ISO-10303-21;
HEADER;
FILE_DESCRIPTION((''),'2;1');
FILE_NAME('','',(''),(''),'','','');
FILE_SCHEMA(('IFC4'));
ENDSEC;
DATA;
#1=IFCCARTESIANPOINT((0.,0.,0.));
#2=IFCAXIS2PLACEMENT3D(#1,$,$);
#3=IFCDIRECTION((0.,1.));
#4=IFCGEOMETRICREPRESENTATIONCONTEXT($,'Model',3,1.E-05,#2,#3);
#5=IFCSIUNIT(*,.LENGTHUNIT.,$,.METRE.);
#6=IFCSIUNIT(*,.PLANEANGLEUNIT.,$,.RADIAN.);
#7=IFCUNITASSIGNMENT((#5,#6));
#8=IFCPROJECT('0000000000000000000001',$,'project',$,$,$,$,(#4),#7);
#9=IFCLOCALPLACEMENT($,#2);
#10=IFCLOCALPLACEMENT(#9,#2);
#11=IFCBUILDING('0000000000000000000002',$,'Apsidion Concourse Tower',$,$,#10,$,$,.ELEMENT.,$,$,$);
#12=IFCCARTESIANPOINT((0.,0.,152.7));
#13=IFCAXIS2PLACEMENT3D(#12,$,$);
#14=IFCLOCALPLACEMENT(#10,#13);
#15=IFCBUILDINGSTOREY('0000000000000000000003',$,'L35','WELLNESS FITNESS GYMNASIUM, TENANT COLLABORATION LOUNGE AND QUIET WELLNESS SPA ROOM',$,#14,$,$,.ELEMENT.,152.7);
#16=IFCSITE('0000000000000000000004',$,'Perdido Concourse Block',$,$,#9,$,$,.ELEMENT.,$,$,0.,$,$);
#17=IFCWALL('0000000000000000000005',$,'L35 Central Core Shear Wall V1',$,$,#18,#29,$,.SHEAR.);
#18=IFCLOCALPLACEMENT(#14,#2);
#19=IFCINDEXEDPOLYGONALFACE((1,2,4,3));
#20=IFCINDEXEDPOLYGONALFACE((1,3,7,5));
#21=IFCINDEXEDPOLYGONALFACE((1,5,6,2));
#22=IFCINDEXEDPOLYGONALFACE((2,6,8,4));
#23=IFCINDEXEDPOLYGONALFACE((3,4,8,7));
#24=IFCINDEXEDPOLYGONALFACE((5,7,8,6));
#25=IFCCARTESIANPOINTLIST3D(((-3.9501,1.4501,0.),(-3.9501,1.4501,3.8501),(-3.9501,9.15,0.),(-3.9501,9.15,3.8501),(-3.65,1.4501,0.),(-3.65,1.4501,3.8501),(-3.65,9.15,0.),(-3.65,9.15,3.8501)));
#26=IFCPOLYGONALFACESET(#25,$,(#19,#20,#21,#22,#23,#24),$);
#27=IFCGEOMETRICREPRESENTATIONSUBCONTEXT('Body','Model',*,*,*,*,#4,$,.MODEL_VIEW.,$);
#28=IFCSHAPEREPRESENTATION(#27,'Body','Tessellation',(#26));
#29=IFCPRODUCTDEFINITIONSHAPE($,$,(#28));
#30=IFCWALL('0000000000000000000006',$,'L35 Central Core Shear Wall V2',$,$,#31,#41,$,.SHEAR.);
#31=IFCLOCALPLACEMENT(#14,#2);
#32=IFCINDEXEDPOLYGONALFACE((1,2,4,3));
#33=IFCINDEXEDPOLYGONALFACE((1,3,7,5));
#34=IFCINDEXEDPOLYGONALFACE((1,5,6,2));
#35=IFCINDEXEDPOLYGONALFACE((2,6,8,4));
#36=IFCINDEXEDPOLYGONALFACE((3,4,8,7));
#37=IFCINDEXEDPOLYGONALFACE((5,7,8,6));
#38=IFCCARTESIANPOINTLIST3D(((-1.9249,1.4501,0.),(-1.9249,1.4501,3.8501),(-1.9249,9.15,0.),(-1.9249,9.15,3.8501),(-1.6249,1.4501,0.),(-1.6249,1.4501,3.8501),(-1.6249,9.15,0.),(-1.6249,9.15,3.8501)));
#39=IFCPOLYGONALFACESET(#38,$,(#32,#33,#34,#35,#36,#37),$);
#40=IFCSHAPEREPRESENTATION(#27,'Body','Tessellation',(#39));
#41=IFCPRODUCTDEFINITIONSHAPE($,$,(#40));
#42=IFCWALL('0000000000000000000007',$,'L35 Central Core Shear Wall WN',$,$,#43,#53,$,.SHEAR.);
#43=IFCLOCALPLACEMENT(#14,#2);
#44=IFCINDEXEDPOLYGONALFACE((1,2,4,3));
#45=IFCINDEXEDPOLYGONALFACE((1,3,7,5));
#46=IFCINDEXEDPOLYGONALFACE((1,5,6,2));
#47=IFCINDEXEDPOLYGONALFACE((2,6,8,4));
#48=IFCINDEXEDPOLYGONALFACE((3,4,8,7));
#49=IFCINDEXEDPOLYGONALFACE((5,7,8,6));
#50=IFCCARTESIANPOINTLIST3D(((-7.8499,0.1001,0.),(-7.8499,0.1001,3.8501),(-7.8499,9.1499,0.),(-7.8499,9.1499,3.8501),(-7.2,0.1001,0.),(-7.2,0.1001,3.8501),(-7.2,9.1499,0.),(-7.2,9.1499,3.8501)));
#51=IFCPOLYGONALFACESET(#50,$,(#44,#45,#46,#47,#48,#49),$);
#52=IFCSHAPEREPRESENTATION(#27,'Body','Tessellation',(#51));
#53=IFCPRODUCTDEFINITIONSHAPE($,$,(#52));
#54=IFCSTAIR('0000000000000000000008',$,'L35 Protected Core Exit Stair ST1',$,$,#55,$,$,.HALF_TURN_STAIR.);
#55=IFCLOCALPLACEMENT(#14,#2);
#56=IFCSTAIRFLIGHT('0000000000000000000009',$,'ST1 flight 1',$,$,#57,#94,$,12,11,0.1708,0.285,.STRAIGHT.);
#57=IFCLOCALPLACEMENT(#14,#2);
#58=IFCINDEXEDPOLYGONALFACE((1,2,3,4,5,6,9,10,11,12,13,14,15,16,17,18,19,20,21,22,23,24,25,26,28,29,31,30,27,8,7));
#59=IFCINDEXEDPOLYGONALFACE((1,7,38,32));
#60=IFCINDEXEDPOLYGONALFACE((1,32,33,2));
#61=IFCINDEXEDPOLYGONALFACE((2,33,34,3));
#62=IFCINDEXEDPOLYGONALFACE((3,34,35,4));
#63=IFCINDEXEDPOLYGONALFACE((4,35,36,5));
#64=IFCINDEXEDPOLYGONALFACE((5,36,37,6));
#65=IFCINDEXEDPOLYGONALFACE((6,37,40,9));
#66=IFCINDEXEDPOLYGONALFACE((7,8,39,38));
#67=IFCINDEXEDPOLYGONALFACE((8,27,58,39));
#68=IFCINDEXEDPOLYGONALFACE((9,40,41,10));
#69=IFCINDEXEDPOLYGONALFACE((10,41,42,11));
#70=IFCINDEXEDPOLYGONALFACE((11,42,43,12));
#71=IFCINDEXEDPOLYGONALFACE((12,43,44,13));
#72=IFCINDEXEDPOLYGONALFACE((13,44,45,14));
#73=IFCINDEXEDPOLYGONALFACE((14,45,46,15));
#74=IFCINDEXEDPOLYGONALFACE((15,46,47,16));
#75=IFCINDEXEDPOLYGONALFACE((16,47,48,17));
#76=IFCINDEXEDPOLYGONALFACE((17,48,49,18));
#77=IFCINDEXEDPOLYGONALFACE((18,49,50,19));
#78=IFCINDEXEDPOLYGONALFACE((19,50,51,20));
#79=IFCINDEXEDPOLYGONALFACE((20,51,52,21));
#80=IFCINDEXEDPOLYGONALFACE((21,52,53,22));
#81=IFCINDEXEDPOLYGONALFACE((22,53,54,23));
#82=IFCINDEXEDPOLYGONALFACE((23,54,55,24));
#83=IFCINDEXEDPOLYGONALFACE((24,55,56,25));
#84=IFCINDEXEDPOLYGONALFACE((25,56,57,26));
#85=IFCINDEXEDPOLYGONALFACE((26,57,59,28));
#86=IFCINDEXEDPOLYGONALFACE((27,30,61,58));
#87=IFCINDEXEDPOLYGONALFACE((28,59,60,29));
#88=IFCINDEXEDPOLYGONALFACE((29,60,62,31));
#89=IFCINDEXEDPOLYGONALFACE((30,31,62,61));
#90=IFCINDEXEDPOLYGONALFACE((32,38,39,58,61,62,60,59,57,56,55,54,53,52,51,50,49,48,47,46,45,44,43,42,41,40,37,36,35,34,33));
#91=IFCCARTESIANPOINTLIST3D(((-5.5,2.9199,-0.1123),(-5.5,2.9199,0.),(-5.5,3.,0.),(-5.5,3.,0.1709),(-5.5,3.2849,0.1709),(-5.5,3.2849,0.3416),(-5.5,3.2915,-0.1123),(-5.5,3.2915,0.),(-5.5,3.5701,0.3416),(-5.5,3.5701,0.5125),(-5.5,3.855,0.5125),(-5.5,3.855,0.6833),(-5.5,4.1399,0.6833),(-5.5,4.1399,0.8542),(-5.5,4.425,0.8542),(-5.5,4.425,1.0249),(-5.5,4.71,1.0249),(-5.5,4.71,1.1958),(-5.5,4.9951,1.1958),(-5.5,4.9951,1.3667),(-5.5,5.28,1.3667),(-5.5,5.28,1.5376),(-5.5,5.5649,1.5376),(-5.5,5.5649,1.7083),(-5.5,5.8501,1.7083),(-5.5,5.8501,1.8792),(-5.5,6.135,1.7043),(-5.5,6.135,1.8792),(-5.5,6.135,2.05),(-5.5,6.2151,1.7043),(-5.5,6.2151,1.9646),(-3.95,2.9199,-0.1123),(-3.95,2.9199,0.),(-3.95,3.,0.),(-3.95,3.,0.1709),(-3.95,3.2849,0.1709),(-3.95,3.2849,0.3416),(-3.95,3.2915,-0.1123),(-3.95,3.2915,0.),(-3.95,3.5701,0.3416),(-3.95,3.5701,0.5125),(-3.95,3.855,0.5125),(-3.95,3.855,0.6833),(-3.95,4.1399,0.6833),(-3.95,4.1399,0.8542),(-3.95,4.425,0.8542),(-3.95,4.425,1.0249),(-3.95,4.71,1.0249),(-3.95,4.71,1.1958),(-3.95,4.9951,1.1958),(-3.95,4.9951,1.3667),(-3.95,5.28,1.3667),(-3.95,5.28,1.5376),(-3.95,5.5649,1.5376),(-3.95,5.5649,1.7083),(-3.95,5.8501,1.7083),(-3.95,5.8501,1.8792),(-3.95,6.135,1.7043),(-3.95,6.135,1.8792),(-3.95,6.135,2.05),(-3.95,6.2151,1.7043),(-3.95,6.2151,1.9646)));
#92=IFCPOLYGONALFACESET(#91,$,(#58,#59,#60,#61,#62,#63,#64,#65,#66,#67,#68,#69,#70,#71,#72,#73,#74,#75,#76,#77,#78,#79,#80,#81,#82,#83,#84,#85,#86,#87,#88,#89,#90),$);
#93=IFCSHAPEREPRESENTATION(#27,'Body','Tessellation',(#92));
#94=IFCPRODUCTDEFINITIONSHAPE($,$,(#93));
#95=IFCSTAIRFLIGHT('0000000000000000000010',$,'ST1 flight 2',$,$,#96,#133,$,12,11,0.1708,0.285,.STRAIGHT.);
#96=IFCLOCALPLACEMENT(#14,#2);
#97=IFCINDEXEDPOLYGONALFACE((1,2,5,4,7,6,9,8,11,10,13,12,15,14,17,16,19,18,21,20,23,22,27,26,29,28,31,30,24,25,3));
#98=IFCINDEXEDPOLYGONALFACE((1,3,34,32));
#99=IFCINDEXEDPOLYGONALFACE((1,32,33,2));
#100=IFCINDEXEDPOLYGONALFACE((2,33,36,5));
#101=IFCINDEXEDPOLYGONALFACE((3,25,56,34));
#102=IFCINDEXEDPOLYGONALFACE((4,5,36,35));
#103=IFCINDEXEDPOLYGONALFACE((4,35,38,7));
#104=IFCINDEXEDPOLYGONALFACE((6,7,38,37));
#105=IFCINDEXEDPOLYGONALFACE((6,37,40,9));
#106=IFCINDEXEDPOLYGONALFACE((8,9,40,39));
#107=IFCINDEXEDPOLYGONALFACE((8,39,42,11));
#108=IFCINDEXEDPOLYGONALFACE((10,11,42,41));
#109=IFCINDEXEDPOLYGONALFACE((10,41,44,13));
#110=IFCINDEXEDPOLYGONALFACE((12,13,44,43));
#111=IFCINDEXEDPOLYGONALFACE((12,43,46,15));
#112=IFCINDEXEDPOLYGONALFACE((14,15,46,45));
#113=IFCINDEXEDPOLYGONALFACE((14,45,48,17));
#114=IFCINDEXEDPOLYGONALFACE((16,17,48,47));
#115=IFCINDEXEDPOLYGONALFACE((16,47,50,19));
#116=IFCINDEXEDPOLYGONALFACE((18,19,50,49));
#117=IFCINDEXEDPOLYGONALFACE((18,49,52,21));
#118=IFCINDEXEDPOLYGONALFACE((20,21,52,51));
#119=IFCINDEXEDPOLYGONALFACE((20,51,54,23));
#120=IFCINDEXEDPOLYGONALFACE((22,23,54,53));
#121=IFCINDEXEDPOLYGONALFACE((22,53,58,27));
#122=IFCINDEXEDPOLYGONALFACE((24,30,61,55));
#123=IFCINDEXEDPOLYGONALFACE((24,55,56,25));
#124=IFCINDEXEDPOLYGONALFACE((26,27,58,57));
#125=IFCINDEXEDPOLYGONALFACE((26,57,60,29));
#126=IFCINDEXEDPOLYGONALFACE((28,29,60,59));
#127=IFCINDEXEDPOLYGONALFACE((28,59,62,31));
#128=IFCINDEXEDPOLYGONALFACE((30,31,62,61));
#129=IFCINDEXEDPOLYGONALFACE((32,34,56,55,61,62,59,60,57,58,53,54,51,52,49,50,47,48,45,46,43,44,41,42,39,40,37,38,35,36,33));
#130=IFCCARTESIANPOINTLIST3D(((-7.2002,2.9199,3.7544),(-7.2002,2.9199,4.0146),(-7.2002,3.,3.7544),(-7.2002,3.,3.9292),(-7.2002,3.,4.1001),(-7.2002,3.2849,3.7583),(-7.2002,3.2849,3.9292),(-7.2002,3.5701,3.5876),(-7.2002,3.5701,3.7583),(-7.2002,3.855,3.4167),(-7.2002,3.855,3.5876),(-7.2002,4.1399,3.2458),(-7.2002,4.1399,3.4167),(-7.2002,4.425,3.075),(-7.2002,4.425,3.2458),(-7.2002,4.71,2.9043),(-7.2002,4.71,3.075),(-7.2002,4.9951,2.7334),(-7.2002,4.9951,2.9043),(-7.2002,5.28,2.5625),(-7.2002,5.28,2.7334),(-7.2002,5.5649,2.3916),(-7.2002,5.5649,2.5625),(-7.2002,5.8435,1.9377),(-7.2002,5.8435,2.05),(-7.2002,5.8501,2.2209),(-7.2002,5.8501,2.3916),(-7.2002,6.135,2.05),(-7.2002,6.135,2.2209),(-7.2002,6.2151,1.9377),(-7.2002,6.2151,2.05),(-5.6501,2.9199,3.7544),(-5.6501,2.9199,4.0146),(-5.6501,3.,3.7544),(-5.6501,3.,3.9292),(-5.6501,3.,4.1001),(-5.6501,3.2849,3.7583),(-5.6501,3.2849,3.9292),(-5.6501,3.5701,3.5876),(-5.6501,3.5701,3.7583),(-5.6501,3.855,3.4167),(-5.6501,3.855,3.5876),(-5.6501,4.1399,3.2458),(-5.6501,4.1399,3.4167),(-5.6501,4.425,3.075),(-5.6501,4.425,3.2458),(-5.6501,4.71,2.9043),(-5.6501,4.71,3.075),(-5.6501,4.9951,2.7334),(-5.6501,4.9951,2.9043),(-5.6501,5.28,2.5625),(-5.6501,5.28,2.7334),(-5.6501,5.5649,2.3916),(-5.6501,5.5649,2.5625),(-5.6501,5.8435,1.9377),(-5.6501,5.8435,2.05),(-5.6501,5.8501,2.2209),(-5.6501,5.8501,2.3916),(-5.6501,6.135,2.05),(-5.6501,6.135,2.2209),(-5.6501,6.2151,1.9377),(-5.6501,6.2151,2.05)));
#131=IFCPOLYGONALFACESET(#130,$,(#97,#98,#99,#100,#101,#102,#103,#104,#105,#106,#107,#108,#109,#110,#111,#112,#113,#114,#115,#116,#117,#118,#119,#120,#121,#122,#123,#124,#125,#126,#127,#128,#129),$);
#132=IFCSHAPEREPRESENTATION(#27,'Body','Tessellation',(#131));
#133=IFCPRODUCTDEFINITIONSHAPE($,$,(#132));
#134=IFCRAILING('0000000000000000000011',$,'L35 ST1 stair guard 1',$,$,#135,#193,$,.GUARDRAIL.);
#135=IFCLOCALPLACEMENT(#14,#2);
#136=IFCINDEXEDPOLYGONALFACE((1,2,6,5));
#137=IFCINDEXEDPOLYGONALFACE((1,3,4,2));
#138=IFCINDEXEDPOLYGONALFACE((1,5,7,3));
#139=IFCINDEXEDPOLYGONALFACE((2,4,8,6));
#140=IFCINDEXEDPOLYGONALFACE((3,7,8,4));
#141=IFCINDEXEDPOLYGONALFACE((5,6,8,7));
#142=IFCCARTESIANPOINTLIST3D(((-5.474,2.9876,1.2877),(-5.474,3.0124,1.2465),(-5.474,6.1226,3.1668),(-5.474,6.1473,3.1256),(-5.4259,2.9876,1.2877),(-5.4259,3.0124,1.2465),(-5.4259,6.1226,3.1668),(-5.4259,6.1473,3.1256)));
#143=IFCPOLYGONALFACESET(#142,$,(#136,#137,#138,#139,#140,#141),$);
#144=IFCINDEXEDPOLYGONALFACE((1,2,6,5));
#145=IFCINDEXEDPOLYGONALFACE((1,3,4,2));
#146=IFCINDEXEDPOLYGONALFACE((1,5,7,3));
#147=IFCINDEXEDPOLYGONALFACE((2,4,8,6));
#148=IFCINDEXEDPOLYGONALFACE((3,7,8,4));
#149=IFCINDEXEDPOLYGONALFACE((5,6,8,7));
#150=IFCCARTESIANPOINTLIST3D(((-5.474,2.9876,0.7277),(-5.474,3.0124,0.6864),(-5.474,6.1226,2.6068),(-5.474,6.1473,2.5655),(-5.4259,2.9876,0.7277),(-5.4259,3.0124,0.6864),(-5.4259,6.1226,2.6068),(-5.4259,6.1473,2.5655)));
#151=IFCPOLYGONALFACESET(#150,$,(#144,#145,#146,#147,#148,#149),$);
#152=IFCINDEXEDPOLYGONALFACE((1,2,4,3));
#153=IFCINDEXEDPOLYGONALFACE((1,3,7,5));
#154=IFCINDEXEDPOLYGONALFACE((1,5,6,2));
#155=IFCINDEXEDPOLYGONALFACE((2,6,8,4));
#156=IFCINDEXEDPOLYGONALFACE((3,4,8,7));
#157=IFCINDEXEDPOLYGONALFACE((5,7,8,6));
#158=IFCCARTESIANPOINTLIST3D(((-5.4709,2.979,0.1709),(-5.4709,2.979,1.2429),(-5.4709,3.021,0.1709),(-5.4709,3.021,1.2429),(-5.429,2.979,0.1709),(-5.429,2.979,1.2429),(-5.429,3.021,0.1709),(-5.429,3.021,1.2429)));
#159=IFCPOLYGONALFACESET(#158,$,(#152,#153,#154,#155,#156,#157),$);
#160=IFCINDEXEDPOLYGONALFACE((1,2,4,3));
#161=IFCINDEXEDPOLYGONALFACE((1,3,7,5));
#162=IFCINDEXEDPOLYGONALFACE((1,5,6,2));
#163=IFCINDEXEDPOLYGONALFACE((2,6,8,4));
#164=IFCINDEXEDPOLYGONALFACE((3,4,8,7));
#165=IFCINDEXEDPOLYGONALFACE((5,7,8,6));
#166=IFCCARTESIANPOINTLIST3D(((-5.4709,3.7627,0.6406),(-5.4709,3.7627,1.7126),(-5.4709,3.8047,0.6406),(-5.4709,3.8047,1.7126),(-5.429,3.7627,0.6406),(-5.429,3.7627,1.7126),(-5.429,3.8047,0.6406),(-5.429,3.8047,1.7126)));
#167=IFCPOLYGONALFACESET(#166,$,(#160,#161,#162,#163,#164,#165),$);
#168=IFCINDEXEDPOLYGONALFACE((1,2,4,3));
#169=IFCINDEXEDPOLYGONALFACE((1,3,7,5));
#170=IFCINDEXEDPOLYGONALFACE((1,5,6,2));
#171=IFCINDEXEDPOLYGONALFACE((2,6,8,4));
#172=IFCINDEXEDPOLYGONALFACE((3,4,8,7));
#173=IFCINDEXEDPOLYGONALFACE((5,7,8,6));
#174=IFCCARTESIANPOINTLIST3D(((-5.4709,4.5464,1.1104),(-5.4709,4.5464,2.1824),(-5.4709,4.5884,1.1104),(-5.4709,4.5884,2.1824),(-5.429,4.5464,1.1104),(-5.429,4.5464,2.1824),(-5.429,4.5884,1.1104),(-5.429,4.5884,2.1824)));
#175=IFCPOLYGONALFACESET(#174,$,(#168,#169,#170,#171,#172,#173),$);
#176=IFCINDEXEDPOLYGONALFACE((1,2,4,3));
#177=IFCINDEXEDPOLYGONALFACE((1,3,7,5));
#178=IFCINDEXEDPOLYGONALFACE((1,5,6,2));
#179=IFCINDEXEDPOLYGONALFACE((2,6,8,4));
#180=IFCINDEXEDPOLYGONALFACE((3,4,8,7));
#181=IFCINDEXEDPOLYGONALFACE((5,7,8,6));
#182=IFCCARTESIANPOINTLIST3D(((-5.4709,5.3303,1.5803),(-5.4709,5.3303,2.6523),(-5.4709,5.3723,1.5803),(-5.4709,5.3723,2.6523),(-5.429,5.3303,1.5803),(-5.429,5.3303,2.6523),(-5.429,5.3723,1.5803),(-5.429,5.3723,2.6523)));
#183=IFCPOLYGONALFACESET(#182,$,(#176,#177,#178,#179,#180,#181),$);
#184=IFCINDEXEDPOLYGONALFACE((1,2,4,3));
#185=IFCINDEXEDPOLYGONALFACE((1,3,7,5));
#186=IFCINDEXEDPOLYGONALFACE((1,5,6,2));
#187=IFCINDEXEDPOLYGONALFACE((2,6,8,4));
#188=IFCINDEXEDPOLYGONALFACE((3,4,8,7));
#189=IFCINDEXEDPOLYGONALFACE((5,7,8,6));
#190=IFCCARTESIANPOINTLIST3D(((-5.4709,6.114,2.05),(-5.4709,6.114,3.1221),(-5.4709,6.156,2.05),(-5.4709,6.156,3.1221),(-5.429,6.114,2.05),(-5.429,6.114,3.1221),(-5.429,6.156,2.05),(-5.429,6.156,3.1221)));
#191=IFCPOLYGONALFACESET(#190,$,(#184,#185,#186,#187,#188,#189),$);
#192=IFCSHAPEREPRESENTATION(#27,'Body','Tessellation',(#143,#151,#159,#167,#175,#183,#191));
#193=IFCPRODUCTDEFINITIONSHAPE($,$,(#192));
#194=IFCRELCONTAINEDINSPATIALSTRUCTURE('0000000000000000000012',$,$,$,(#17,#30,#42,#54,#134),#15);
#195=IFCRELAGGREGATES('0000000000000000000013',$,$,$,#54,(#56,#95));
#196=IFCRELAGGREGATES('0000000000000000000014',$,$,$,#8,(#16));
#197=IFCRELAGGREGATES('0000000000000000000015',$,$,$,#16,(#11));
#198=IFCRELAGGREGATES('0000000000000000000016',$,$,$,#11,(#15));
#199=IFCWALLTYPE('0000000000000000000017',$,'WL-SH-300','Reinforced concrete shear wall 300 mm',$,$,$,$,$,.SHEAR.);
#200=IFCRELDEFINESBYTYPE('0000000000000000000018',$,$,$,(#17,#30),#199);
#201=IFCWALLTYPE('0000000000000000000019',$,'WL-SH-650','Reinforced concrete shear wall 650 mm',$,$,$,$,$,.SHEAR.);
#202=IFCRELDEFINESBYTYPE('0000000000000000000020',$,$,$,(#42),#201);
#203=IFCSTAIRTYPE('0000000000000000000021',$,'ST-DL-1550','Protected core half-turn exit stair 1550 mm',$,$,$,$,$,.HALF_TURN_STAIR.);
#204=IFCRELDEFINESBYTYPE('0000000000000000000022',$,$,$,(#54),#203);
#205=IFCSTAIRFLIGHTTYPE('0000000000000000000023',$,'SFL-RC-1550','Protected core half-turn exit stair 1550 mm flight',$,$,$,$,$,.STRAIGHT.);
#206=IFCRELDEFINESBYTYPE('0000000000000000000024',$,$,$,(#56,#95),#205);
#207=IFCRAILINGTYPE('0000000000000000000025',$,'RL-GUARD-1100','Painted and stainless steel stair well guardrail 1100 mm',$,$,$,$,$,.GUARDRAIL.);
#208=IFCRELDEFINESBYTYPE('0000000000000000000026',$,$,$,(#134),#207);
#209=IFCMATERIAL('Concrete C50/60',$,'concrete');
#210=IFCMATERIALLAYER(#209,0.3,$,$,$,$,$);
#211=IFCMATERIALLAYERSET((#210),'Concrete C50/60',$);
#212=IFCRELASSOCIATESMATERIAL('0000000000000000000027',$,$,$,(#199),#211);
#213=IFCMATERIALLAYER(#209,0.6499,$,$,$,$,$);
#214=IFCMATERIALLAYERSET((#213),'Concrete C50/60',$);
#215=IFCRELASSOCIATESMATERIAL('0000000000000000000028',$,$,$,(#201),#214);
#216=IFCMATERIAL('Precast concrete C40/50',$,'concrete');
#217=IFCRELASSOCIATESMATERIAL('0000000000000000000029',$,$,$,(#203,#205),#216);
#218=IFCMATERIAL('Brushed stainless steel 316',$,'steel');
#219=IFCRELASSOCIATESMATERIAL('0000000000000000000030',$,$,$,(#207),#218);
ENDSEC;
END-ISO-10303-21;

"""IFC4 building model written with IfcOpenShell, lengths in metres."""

from ifc_helpers import new_model, si_unit, direction, frame, frame_2d, origin, origin_2d, place, context, subcontext, project, spatial, polyline, rectangle, outline, extrude, material, layer, layer_set, type_object, element, aggregate, save


model = new_model("IFC4")

# Units and contexts
model_context = context("Model", 3, precision=1e-05, world=origin(), true_north=direction((0.0, 1.0)))
body_context = subcontext(model_context, "Body", "Model", "MODEL_VIEW")
ifc_project = project(units=[si_unit("LENGTHUNIT", "METRE"), si_unit("PLANEANGLEUNIT", "RADIAN")], contexts=[model_context])

# Site, building, storey
site_placement = place(None, origin())
site = spatial("IfcSite", under=ifc_project, at=site_placement, Name="Perdido Concourse Block", CompositionType="ELEMENT", RefElevation=0.0)
building_placement = place(site_placement, origin())
building = spatial("IfcBuilding", under=site, at=building_placement, Name="Apsidion Concourse Tower", CompositionType="ELEMENT")
storey_placement = place(building_placement, frame((0.0, 0.0, 152.7)))
storey = spatial("IfcBuildingStorey", under=building, at=storey_placement, Name="L35", Description="WELLNESS FITNESS GYMNASIUM, TENANT COLLABORATION LOUNGE AND QUIET WELLNESS SPA ROOM", CompositionType="ELEMENT", Elevation=152.7)

# Shared definitions
ifc_material_1 = material(Name="Concrete C50/60", Category="concrete")

# Shared definitions
ifc_material_2 = material(Name="Brushed stainless steel 316", Category="steel")

# Walls
ifc_layer_1 = layer(ifc_material_1, 0.3)
ifc_layer_set_1 = layer_set([ifc_layer_1], Name="Concrete C50/60")
wall_type_1 = type_object("IfcWallType", Name="WL-SH-300", Description="Reinforced concrete shear wall 300 mm", PredefinedType="SHEAR", material=ifc_layer_set_1)
for number, where, z_axis, x_axis, name in (
    (1, (-3.8, 1.45, 0.0), (0.0, 0.0, 1.0), (0.0, 1.0, 0.0), "L35 Central Core Shear Wall V1"),
    (2, (-1.7749, 1.45, 0.0), (0.0, 0.0, 1.0), (0.0, 1.0, 0.0), "L35 Central Core Shear Wall V2"),
):
    element("IfcWall", number, at=place(storey_placement, frame(where, z_axis=z_axis, x_axis=x_axis)), inside=storey, type_object=wall_type_1, Name=name, PredefinedType="SHEAR", context=body_context, shape_type="SweptSolid", body=[
        extrude(rectangle(XDim=7.7, YDim=0.3, at=frame_2d((3.8501, 0.0))), origin(), (0.0, 0.0, 1.0), 3.8501),
    ])

# Wall
ifc_layer_2 = layer(ifc_material_1, 0.6499)
ifc_layer_set_2 = layer_set([ifc_layer_2], Name="Concrete C50/60")
wall_type_2 = type_object("IfcWallType", Name="WL-SH-650", Description="Reinforced concrete shear wall 650 mm", PredefinedType="SHEAR", material=ifc_layer_set_2)
wall_1_placement = place(storey_placement, frame((-7.5249, 0.1001, 0.0), z_axis=(0.0, 0.0, 1.0), x_axis=(0.0, 1.0, 0.0)))
element("IfcWall", 3, at=wall_1_placement, inside=storey, type_object=wall_type_2, Name="L35 Central Core Shear Wall WN", PredefinedType="SHEAR", context=body_context, shape_type="SweptSolid", body=[
    extrude(rectangle(XDim=9.0498, YDim=0.6499, at=frame_2d((4.5249, 0.0))), origin(), (0.0, 0.0, 1.0), 3.8501),
])

# Stair, stair flights
ifc_material_3 = material(Name="Precast concrete C40/50", Category="concrete")
stair_type = type_object("IfcStairType", Name="ST-DL-1550", Description="Protected core half-turn exit stair 1550 mm", PredefinedType="HALF_TURN_STAIR", material=ifc_material_3)
stair_placement = place(storey_placement, origin())
stair = element("IfcStair", 4, at=stair_placement, inside=storey, type_object=stair_type, Name="L35 Protected Core Exit Stair ST1", PredefinedType="HALF_TURN_STAIR")
stair_flight_type = type_object("IfcStairFlightType", Name="SFL-RC-1550", Description="Protected core half-turn exit stair 1550 mm flight", PredefinedType="STRAIGHT", material=ifc_material_3)
stair_flight_1_placement = place(storey_placement, frame((-4.7251, 3.0, 0.0), z_axis=(0.0, 0.0, 1.0), x_axis=(0.0, 1.0, 0.0)))
stair_flight_1 = element("IfcStairFlight", 5, at=stair_flight_1_placement, type_object=stair_flight_type, Name="ST1 flight 1", NumberOfRisers=12, NumberOfTreads=11, PredefinedType="STRAIGHT", RiserHeight=0.1708, TreadLength=0.285, context=body_context, shape_type="SweptSolid", body=[
    extrude(outline(polyline([(-0.0801, -0.1123), (-0.0801, 0.0), (0.0, 0.0), (0.0, 0.1709), (0.2849, 0.1709), (0.2849, 0.3416), (0.5701, 0.3416), (0.5701, 0.5125), (0.855, 0.5125), (0.855, 0.6833), (1.1399, 0.6833), (1.1399, 0.8542), (1.425, 0.8542), (1.425, 1.0249), (1.71, 1.0249), (1.71, 1.1958), (1.9951, 1.1958), (1.9951, 1.3667), (2.28, 1.3667), (2.28, 1.5376), (2.5649, 1.5376), (2.5649, 1.7083), (2.8501, 1.7083), (2.8501, 1.8792), (3.135, 1.8792), (3.135, 2.05), (3.2151, 1.9646), (3.2151, 1.7043), (3.135, 1.7043), (0.2915, 0.0), (0.2915, -0.1123), (-0.0801, -0.1123)])), frame((0.0, 0.7749, 0.0), z_axis=(0.0, -1.0, 0.0), x_axis=(1.0, 0.0, 0.0)), (0.0, 0.0, 1.0), 1.55),
])
stair_flight_2_placement = place(storey_placement, frame((-6.425, 6.135, 2.05), z_axis=(0.0, 0.0, 1.0), x_axis=(0.0, -1.0, 0.0)))
stair_flight_2 = element("IfcStairFlight", 6, at=stair_flight_2_placement, type_object=stair_flight_type, Name="ST1 flight 2", NumberOfRisers=12, NumberOfTreads=11, PredefinedType="STRAIGHT", RiserHeight=0.1708, TreadLength=0.285, context=body_context, shape_type="SweptSolid", body=[
    extrude(outline(polyline([(-0.0801, -0.1123), (-0.0801, 0.0), (0.0, 0.0), (0.0, 0.1709), (0.2849, 0.1709), (0.2849, 0.3416), (0.5701, 0.3416), (0.5701, 0.5125), (0.855, 0.5125), (0.855, 0.6833), (1.1399, 0.6833), (1.1399, 0.8542), (1.425, 0.8542), (1.425, 1.0249), (1.71, 1.0249), (1.71, 1.1958), (1.9951, 1.1958), (1.9951, 1.3667), (2.28, 1.3667), (2.28, 1.5376), (2.5649, 1.5376), (2.5649, 1.7083), (2.8501, 1.7083), (2.8501, 1.8792), (3.135, 1.8792), (3.135, 2.05), (3.2151, 1.9646), (3.2151, 1.7043), (3.135, 1.7043), (0.2915, 0.0), (0.2915, -0.1123), (-0.0801, -0.1123)])), frame((0.0, 0.7749, 0.0), z_axis=(0.0, -1.0, 0.0), x_axis=(1.0, 0.0, 0.0)), (0.0, 0.0, 1.0), 1.55),
])
aggregate(stair, [stair_flight_1, stair_flight_2])

# Railing
railing_type_1 = type_object("IfcRailingType", Name="RL-GUARD-1100", Description="Painted and stainless steel stair well guardrail 1100 mm", PredefinedType="GUARDRAIL", material=ifc_material_2)
railing_1_placement = place(storey_placement, frame((-5.45, 3.0, 0.1709)))
element("IfcRailing", 7, at=railing_1_placement, inside=storey, type_object=railing_type_1, Name="L35 ST1 stair guard 1", PredefinedType="GUARDRAIL", context=body_context, shape_type="SweptSolid", body=[
    extrude(rectangle(XDim=0.0481, YDim=0.0481, at=origin_2d()), frame((0.0, 0.0, 1.0962), z_axis=(0.0, 0.857717, 0.514122), x_axis=(-1.0, 0.0, 0.0)), (0.0, 0.0, 1.0), 3.655),
    extrude(rectangle(XDim=0.0481, YDim=0.0481, at=origin_2d()), frame((0.0, 0.0, 0.5361), z_axis=(0.0, 0.857717, 0.514122), x_axis=(-1.0, 0.0, 0.0)), (0.0, 0.0, 1.0), 3.655),
    extrude(rectangle(XDim=0.042, YDim=0.042, at=origin_2d()), origin(), (0.0, 0.0, 1.0), 1.072),
    extrude(rectangle(XDim=0.042, YDim=0.042, at=origin_2d()), frame((0.0, 0.7837, 0.4697)), (0.0, 0.0, 1.0), 1.072),
    extrude(rectangle(XDim=0.042, YDim=0.042, at=origin_2d()), frame((0.0, 1.5674, 0.9395)), (0.0, 0.0, 1.0), 1.072),
    extrude(rectangle(XDim=0.042, YDim=0.042, at=origin_2d()), frame((0.0, 2.3513, 1.4094)), (0.0, 0.0, 1.0), 1.072),
    extrude(rectangle(XDim=0.042, YDim=0.042, at=origin_2d()), frame((0.0, 3.135, 1.8792)), (0.0, 0.0, 1.0), 1.072),
])

save(model, "model.ifc")
